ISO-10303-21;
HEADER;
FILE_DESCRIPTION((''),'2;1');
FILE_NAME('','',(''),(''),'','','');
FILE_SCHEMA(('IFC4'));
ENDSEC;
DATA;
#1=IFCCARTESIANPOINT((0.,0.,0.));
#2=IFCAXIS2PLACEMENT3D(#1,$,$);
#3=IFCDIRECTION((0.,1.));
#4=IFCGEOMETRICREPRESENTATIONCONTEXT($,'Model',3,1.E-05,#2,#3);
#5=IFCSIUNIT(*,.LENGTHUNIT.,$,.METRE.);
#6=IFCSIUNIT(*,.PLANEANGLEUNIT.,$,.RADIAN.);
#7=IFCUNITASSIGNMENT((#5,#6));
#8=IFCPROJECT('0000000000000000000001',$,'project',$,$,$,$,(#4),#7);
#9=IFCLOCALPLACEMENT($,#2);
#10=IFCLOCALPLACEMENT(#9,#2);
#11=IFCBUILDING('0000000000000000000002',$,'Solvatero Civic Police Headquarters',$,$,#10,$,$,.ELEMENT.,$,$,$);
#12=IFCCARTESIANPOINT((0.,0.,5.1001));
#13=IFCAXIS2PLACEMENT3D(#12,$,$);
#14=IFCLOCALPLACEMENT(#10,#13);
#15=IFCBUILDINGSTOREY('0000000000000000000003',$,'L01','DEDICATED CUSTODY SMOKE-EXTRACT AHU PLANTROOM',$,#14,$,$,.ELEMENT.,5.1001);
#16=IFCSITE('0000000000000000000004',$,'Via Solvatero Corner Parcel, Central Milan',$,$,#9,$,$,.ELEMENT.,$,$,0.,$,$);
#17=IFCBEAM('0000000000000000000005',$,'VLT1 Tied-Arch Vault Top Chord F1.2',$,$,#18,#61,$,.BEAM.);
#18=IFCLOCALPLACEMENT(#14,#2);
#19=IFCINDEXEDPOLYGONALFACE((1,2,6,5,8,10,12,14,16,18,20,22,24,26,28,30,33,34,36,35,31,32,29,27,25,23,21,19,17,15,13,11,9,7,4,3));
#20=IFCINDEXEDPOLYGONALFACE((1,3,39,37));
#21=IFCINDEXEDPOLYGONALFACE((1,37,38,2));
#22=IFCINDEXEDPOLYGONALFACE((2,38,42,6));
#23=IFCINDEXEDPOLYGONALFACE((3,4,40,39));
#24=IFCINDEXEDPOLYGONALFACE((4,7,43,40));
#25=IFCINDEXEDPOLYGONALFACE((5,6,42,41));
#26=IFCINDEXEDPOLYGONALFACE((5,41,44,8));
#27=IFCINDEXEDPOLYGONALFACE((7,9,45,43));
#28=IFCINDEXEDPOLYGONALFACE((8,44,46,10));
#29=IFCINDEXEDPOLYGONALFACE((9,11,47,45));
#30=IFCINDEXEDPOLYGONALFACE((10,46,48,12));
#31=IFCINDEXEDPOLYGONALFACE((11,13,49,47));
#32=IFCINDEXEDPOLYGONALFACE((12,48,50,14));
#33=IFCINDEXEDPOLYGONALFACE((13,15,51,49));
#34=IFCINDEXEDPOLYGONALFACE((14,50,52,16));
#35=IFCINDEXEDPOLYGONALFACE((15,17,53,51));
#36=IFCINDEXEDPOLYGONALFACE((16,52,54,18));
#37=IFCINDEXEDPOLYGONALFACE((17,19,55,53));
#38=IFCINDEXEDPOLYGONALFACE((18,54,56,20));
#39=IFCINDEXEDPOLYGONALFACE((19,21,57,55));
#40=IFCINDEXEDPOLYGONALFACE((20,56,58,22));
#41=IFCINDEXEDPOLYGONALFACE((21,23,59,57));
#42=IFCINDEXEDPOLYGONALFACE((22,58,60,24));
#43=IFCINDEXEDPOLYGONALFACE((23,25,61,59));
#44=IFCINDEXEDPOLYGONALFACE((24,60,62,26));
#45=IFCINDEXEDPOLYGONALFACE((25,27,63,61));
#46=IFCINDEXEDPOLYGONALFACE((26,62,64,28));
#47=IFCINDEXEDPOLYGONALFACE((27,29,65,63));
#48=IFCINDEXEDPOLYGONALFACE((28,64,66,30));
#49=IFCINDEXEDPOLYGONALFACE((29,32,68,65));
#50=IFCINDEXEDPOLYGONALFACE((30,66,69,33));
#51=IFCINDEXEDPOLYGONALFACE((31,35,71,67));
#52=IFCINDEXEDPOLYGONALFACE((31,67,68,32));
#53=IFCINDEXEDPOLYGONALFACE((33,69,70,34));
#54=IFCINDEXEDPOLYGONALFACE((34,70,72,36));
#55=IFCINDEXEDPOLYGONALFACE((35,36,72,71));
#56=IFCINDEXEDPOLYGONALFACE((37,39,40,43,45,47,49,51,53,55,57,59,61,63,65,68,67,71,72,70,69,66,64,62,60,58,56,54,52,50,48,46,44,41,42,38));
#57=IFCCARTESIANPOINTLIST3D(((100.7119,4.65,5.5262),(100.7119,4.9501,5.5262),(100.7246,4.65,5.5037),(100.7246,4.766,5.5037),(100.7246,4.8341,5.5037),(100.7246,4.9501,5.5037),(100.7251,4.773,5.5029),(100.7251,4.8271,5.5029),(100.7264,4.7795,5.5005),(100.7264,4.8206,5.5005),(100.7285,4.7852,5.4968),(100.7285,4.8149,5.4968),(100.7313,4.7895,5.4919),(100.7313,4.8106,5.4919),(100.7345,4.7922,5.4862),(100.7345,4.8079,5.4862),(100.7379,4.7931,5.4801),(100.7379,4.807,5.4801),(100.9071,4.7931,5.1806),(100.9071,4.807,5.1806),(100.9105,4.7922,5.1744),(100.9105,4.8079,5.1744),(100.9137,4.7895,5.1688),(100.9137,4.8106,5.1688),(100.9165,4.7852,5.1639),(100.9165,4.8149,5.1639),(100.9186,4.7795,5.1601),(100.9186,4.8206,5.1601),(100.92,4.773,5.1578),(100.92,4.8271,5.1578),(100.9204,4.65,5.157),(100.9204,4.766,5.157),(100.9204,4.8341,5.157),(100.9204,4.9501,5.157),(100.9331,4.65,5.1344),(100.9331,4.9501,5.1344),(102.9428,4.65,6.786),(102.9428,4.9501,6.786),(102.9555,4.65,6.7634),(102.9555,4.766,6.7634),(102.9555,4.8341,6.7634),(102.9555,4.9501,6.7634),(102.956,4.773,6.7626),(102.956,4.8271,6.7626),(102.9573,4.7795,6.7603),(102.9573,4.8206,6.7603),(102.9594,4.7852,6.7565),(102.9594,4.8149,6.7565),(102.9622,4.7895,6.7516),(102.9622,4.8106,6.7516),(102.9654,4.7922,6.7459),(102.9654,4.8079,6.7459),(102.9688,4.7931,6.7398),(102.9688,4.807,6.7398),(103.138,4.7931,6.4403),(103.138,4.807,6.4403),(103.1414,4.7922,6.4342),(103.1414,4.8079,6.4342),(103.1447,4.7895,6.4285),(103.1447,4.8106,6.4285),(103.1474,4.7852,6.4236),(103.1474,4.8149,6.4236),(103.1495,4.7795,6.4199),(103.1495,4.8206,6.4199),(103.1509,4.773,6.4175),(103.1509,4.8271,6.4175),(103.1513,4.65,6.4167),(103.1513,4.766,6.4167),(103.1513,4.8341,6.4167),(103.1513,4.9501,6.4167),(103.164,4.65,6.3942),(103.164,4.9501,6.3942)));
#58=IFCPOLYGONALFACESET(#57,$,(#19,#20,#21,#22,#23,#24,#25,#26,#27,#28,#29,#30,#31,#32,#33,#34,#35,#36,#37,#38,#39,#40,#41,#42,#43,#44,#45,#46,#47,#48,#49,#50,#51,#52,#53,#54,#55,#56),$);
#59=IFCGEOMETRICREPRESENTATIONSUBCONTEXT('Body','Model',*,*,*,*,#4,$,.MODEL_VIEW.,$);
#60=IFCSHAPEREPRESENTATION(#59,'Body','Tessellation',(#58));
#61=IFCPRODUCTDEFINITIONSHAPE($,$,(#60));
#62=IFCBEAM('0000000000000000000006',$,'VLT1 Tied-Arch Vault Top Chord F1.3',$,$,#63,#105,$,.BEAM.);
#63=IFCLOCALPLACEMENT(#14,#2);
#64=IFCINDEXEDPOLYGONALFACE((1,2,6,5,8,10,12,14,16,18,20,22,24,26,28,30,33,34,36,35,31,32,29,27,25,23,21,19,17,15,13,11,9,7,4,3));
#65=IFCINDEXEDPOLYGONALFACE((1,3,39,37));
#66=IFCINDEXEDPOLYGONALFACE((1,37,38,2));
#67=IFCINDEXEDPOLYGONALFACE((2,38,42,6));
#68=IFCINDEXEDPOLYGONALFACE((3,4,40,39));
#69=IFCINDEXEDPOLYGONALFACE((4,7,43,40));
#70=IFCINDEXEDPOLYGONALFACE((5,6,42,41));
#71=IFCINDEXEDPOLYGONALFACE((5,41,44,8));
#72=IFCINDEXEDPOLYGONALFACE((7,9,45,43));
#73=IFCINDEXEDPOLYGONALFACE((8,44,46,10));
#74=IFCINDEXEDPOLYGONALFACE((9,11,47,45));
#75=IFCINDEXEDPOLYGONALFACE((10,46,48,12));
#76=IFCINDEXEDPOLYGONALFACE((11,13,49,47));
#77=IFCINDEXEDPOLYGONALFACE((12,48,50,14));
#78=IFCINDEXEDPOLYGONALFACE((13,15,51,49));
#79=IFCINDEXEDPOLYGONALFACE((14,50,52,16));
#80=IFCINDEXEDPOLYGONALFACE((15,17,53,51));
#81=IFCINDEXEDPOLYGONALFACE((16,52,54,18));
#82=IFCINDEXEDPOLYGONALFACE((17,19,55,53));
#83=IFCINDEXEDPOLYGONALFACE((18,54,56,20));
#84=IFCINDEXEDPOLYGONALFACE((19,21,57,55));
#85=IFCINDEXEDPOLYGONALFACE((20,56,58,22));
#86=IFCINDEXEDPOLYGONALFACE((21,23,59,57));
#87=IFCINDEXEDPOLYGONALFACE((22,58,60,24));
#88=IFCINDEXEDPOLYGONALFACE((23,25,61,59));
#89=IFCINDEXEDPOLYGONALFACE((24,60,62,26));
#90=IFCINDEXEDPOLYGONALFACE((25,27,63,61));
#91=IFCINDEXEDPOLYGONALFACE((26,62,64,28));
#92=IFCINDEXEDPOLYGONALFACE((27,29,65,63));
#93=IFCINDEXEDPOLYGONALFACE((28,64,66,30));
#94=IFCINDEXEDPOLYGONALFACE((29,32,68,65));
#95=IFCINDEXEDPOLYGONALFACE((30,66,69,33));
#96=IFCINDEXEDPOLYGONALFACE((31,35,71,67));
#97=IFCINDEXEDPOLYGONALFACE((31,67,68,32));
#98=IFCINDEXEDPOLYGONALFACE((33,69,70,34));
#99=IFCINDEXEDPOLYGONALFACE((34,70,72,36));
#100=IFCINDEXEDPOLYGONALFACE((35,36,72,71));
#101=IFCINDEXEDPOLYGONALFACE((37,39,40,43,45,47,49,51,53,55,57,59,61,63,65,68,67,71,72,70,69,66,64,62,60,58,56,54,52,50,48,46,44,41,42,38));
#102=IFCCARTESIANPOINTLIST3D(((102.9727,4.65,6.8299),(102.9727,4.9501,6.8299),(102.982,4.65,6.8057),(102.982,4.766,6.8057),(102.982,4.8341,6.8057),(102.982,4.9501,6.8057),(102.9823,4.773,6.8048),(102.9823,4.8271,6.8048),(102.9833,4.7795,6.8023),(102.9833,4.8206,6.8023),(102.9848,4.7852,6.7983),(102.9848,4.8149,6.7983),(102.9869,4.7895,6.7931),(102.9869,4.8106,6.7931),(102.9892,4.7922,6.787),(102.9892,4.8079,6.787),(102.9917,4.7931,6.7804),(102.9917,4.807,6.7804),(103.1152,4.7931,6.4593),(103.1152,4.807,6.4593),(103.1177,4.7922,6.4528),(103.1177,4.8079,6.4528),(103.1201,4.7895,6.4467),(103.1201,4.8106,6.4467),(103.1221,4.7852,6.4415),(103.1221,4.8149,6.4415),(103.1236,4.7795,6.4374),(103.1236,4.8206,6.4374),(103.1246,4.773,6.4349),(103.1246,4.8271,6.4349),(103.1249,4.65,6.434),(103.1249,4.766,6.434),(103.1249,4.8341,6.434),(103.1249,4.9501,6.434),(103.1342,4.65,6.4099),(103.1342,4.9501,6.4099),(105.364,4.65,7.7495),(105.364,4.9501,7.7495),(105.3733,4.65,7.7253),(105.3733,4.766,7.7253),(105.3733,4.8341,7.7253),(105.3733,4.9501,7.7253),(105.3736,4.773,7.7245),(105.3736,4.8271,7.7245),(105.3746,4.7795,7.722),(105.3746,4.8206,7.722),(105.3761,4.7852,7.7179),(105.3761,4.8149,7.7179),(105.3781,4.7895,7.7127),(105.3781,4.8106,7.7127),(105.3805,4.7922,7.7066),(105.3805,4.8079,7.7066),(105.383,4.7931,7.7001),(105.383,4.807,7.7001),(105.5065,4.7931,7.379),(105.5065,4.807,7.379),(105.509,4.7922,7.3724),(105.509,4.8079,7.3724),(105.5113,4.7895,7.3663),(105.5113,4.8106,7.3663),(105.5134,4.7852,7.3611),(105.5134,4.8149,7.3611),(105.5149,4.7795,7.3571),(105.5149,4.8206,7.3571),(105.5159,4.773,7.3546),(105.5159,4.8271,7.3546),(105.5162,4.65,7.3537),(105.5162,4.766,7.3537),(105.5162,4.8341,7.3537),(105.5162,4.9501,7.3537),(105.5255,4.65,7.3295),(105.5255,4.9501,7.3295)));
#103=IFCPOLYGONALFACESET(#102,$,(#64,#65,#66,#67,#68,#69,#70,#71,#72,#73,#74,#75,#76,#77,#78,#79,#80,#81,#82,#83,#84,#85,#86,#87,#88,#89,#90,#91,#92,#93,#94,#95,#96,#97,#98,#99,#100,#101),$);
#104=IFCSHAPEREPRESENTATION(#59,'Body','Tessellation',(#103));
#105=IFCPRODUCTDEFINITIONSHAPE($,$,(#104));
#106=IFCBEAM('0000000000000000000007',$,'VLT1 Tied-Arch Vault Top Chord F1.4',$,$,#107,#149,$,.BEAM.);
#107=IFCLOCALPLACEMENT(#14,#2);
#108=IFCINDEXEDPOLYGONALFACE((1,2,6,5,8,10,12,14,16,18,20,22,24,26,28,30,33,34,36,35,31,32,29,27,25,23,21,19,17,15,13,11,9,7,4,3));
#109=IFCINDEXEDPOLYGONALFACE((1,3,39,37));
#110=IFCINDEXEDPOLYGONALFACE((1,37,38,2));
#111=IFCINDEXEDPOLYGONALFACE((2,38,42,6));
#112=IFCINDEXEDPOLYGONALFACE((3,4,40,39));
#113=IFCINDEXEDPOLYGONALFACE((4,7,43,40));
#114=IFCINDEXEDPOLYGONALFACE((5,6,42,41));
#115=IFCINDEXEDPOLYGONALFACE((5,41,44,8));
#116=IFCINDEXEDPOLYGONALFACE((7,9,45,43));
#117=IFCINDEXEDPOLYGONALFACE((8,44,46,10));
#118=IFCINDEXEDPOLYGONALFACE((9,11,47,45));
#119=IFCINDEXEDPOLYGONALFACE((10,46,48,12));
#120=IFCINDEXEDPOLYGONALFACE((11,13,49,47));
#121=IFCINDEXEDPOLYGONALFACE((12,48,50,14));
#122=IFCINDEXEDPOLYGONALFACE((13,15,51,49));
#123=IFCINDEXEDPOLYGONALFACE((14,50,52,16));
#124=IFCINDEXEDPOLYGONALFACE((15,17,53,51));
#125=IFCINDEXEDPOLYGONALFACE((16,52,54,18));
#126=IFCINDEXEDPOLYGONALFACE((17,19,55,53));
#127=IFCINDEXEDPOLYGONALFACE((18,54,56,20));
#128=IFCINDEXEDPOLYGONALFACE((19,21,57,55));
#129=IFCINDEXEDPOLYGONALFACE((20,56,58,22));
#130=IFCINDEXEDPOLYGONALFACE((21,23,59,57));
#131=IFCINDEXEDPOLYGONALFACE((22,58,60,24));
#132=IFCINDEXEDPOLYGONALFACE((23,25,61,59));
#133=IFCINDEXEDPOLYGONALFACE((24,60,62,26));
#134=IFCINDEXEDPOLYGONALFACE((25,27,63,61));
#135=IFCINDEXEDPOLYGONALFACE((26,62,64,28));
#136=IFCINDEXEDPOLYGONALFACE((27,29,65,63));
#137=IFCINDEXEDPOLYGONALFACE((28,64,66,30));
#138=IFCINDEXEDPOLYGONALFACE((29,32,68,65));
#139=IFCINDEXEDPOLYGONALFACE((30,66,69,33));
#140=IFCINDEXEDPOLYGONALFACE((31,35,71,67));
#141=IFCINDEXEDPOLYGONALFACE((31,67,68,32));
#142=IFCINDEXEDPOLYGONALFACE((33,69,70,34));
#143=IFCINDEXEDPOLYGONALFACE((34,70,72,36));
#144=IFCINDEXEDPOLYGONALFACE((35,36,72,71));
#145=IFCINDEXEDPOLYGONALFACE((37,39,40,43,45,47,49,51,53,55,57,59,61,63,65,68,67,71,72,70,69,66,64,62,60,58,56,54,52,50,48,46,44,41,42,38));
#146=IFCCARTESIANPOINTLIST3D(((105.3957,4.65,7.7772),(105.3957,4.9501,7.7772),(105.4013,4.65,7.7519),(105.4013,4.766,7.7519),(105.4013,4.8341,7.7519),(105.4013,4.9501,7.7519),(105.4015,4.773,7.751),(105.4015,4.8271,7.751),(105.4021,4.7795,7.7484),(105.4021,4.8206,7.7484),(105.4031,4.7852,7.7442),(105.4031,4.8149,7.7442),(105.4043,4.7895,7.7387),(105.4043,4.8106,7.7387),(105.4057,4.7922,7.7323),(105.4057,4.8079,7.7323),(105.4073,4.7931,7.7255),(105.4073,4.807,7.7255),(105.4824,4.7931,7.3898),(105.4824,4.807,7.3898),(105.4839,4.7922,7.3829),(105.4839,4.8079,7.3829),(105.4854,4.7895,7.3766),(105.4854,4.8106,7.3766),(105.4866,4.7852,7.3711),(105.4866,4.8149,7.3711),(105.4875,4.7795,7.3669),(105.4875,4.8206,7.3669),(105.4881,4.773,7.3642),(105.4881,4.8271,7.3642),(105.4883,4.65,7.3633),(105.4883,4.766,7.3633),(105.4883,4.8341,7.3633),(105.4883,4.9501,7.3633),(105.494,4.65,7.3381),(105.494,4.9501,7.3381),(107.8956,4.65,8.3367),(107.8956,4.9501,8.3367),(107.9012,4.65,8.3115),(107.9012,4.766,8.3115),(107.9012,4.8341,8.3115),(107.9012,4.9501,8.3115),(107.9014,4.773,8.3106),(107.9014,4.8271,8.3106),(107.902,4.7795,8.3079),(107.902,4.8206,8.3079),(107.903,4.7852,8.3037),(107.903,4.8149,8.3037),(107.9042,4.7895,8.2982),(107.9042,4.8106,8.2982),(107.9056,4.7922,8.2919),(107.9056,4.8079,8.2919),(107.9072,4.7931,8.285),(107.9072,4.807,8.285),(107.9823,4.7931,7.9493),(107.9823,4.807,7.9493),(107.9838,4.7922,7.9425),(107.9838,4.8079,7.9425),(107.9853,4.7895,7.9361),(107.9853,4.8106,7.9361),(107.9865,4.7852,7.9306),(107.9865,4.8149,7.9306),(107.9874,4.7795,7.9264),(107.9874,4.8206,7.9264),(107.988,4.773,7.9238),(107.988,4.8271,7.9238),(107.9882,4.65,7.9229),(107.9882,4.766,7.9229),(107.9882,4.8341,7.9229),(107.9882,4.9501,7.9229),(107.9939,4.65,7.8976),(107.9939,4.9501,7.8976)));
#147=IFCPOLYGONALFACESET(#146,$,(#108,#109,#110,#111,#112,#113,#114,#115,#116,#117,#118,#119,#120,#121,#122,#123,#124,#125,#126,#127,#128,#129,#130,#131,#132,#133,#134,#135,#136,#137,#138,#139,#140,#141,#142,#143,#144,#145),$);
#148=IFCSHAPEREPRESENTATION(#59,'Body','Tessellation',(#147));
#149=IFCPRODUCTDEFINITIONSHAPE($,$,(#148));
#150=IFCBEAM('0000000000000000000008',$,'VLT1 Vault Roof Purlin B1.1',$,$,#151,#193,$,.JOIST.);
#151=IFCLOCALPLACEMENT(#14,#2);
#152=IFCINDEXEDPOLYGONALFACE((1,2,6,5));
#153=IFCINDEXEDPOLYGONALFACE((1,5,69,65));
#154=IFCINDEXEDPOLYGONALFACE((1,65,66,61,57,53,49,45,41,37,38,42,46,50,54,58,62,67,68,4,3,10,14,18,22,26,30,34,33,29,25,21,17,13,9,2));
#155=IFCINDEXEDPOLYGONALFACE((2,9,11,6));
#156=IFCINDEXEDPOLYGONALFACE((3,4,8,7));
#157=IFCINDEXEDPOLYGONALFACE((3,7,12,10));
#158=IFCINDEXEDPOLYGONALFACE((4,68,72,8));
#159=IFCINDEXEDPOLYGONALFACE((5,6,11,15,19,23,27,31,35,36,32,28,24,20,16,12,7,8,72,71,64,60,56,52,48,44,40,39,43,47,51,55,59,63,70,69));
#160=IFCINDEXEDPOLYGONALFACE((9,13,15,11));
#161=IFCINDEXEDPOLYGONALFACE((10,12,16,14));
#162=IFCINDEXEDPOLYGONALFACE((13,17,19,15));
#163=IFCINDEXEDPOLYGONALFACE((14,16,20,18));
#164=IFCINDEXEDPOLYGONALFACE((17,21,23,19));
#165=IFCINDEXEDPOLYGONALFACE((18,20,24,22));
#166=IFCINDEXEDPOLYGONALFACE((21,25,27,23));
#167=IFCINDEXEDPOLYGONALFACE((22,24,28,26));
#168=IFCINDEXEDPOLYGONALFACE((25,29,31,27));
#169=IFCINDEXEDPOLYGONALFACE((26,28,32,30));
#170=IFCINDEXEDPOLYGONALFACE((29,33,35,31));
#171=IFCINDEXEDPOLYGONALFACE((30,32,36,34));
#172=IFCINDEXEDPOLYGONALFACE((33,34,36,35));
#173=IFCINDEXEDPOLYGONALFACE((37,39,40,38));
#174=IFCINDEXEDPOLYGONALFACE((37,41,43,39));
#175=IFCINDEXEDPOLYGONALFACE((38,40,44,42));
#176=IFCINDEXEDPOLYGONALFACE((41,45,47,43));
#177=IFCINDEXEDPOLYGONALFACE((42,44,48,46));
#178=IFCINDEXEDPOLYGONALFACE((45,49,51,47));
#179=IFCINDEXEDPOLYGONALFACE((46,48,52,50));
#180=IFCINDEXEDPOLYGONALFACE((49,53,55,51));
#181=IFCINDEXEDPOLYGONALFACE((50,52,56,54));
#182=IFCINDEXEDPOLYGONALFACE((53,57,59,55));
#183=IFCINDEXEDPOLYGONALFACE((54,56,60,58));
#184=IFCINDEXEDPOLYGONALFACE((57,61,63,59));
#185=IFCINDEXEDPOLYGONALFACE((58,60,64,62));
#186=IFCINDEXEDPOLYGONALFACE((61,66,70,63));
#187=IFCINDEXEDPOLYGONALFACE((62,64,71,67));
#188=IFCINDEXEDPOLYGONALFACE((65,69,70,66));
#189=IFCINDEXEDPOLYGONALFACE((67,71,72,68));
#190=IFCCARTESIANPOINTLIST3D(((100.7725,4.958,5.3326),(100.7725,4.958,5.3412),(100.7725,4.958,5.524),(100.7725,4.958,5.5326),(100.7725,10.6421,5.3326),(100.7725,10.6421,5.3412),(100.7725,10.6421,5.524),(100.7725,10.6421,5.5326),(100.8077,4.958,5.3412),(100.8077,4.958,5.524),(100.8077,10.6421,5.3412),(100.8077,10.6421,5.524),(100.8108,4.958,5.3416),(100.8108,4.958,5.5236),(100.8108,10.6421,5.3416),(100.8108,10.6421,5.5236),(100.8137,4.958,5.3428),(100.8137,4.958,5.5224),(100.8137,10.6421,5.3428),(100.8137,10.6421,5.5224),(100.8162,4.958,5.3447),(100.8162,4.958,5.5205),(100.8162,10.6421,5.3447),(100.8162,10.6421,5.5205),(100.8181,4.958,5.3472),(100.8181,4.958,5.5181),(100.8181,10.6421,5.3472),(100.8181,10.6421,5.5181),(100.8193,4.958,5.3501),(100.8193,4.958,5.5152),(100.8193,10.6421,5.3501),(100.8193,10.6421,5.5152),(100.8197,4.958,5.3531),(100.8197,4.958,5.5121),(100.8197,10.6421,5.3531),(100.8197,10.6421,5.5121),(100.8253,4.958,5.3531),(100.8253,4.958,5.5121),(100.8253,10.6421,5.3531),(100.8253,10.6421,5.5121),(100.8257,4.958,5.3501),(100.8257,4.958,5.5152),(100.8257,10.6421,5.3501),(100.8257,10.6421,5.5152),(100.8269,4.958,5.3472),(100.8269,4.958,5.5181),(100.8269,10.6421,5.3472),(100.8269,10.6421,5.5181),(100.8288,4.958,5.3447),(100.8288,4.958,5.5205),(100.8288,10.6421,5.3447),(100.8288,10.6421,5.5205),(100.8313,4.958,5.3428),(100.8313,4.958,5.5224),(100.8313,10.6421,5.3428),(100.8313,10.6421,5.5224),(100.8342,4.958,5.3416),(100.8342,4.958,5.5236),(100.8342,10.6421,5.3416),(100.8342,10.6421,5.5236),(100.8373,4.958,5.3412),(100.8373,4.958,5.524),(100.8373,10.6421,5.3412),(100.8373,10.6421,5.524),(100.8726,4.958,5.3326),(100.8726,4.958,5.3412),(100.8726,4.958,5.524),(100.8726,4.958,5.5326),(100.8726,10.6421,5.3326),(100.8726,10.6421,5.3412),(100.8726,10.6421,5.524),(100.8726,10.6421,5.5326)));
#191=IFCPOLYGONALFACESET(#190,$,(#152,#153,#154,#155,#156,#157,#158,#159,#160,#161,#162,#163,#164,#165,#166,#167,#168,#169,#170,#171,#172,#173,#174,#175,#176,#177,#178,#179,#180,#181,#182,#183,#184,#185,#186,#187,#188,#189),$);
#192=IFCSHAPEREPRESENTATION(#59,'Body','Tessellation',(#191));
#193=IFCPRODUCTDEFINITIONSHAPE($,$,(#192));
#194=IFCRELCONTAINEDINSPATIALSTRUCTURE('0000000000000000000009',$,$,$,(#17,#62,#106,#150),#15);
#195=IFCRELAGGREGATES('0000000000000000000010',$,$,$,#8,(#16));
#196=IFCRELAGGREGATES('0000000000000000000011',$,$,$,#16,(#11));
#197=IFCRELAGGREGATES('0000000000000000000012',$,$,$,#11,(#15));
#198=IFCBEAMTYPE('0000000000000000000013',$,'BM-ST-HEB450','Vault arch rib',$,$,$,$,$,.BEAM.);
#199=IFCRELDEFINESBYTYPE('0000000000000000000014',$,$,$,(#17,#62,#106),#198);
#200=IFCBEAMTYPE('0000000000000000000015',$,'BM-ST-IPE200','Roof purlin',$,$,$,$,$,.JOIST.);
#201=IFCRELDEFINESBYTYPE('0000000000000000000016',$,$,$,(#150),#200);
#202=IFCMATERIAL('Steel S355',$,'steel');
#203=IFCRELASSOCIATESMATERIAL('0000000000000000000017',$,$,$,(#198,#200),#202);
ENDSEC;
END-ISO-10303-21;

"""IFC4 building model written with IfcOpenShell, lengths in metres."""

from ifc_helpers import new_model, si_unit, direction, frame, origin, origin_2d, place, context, subcontext, project, spatial, i_section, extrude, material, material_profile, profile_set, type_object, element, save


model = new_model("IFC4")

# Units and contexts
model_context = context("Model", 3, precision=1e-05, world=origin(), true_north=direction((0.0, 1.0)))
body_context = subcontext(model_context, "Body", "Model", "MODEL_VIEW")
ifc_project = project(units=[si_unit("LENGTHUNIT", "METRE"), si_unit("PLANEANGLEUNIT", "RADIAN")], contexts=[model_context])

# Site, building, storey
site_placement = place(None, origin())
site = spatial("IfcSite", under=ifc_project, at=site_placement, Name="Via Solvatero Corner Parcel, Central Milan", CompositionType="ELEMENT", RefElevation=0.0)
building_placement = place(site_placement, origin())
building = spatial("IfcBuilding", under=site, at=building_placement, Name="Solvatero Civic Police Headquarters", CompositionType="ELEMENT")
storey_placement = place(building_placement, frame((0.0, 0.0, 5.1001)))
storey = spatial("IfcBuildingStorey", under=building, at=storey_placement, Name="L01", Description="DEDICATED CUSTODY SMOKE-EXTRACT AHU PLANTROOM", CompositionType="ELEMENT", Elevation=5.1001)

# Beams
ifc_material_1 = material(Name="Steel S355", Category="steel")
ifc_material_profile_1 = material_profile(ifc_material_1, i_section(OverallWidth=0.3, OverallDepth=0.45, WebThickness=0.0139, FlangeThickness=0.0259, FilletRadius=0.0271, at=origin_2d()), Name="HEB 450")
ifc_profile_set_1 = profile_set([ifc_material_profile_1], Name="Steel S355")
beam_type_1 = type_object("IfcBeamType", Name="BM-ST-HEB450", Description="Vault arch rib", PredefinedType="BEAM", material=ifc_profile_set_1)
for number, where, z_axis, x_axis, name in (
    (1, (100.8225, 4.8, 5.3303), (0.870765, 0.0, 0.491699), (0.0, 1.0, 0.0), "VLT1 Tied-Arch Vault Top Chord F1.2"),
    (2, (103.0535, 4.8, 6.6199), (0.933355, 0.0, 0.358954), (0.0, 1.0, 0.0), "VLT1 Tied-Arch Vault Top Chord F1.3"),
):
    element("IfcBeam", number, at=place(storey_placement, frame(where, z_axis=z_axis, x_axis=x_axis)), inside=storey, type_object=beam_type_1, Name=name, PredefinedType="BEAM", context=body_context, shape_type="SweptSolid", body=[
        extrude(i_section(OverallWidth=0.3, OverallDepth=0.45, WebThickness=0.0139, FlangeThickness=0.0259, FilletRadius=0.0271, at=origin_2d()), origin(), (0.0, 0.0, 1.0), 2.562),
    ])
beam_placement = place(storey_placement, frame((105.4448, 4.8, 7.5576), z_axis=(0.975854, 0.0, 0.218424), x_axis=(0.0, 1.0, 0.0)))
element("IfcBeam", 3, at=beam_placement, inside=storey, type_object=beam_type_1, Name="VLT1 Tied-Arch Vault Top Chord F1.4", PredefinedType="BEAM", context=body_context, shape_type="SweptSolid", body=[
    extrude(i_section(OverallWidth=0.3, OverallDepth=0.45, WebThickness=0.0139, FlangeThickness=0.0259, FilletRadius=0.0271, at=origin_2d()), origin(), (0.0, 0.0, 1.0), 2.5618),
])
ifc_material_profile_2 = material_profile(ifc_material_1, i_section(OverallWidth=0.1001, OverallDepth=0.2, WebThickness=0.0056, FlangeThickness=0.0085, FilletRadius=0.012, at=origin_2d()), Name="IPE 200")
ifc_profile_set_2 = profile_set([ifc_material_profile_2], Name="Steel S355")
beam_type_2 = type_object("IfcBeamType", Name="BM-ST-IPE200", Description="Roof purlin", PredefinedType="JOIST", material=ifc_profile_set_2)
for number, where, z_axis, x_axis, name in (
    (4, (100.8225, 4.958, 5.4326), (0.0, 1.0, 0.0), (-1.0, 0.0, 0.0), "VLT1 Vault Roof Purlin B1.1"),
):
    element("IfcBeam", number, at=place(storey_placement, frame(where, z_axis=z_axis, x_axis=x_axis)), inside=storey, type_object=beam_type_2, Name=name, PredefinedType="JOIST", context=body_context, shape_type="SweptSolid", body=[
        extrude(i_section(OverallWidth=0.1001, OverallDepth=0.2, WebThickness=0.0056, FlangeThickness=0.0085, FilletRadius=0.012, at=origin_2d()), origin(), (0.0, 0.0, 1.0), 5.6841),
    ])

save(model, "model.ifc")
